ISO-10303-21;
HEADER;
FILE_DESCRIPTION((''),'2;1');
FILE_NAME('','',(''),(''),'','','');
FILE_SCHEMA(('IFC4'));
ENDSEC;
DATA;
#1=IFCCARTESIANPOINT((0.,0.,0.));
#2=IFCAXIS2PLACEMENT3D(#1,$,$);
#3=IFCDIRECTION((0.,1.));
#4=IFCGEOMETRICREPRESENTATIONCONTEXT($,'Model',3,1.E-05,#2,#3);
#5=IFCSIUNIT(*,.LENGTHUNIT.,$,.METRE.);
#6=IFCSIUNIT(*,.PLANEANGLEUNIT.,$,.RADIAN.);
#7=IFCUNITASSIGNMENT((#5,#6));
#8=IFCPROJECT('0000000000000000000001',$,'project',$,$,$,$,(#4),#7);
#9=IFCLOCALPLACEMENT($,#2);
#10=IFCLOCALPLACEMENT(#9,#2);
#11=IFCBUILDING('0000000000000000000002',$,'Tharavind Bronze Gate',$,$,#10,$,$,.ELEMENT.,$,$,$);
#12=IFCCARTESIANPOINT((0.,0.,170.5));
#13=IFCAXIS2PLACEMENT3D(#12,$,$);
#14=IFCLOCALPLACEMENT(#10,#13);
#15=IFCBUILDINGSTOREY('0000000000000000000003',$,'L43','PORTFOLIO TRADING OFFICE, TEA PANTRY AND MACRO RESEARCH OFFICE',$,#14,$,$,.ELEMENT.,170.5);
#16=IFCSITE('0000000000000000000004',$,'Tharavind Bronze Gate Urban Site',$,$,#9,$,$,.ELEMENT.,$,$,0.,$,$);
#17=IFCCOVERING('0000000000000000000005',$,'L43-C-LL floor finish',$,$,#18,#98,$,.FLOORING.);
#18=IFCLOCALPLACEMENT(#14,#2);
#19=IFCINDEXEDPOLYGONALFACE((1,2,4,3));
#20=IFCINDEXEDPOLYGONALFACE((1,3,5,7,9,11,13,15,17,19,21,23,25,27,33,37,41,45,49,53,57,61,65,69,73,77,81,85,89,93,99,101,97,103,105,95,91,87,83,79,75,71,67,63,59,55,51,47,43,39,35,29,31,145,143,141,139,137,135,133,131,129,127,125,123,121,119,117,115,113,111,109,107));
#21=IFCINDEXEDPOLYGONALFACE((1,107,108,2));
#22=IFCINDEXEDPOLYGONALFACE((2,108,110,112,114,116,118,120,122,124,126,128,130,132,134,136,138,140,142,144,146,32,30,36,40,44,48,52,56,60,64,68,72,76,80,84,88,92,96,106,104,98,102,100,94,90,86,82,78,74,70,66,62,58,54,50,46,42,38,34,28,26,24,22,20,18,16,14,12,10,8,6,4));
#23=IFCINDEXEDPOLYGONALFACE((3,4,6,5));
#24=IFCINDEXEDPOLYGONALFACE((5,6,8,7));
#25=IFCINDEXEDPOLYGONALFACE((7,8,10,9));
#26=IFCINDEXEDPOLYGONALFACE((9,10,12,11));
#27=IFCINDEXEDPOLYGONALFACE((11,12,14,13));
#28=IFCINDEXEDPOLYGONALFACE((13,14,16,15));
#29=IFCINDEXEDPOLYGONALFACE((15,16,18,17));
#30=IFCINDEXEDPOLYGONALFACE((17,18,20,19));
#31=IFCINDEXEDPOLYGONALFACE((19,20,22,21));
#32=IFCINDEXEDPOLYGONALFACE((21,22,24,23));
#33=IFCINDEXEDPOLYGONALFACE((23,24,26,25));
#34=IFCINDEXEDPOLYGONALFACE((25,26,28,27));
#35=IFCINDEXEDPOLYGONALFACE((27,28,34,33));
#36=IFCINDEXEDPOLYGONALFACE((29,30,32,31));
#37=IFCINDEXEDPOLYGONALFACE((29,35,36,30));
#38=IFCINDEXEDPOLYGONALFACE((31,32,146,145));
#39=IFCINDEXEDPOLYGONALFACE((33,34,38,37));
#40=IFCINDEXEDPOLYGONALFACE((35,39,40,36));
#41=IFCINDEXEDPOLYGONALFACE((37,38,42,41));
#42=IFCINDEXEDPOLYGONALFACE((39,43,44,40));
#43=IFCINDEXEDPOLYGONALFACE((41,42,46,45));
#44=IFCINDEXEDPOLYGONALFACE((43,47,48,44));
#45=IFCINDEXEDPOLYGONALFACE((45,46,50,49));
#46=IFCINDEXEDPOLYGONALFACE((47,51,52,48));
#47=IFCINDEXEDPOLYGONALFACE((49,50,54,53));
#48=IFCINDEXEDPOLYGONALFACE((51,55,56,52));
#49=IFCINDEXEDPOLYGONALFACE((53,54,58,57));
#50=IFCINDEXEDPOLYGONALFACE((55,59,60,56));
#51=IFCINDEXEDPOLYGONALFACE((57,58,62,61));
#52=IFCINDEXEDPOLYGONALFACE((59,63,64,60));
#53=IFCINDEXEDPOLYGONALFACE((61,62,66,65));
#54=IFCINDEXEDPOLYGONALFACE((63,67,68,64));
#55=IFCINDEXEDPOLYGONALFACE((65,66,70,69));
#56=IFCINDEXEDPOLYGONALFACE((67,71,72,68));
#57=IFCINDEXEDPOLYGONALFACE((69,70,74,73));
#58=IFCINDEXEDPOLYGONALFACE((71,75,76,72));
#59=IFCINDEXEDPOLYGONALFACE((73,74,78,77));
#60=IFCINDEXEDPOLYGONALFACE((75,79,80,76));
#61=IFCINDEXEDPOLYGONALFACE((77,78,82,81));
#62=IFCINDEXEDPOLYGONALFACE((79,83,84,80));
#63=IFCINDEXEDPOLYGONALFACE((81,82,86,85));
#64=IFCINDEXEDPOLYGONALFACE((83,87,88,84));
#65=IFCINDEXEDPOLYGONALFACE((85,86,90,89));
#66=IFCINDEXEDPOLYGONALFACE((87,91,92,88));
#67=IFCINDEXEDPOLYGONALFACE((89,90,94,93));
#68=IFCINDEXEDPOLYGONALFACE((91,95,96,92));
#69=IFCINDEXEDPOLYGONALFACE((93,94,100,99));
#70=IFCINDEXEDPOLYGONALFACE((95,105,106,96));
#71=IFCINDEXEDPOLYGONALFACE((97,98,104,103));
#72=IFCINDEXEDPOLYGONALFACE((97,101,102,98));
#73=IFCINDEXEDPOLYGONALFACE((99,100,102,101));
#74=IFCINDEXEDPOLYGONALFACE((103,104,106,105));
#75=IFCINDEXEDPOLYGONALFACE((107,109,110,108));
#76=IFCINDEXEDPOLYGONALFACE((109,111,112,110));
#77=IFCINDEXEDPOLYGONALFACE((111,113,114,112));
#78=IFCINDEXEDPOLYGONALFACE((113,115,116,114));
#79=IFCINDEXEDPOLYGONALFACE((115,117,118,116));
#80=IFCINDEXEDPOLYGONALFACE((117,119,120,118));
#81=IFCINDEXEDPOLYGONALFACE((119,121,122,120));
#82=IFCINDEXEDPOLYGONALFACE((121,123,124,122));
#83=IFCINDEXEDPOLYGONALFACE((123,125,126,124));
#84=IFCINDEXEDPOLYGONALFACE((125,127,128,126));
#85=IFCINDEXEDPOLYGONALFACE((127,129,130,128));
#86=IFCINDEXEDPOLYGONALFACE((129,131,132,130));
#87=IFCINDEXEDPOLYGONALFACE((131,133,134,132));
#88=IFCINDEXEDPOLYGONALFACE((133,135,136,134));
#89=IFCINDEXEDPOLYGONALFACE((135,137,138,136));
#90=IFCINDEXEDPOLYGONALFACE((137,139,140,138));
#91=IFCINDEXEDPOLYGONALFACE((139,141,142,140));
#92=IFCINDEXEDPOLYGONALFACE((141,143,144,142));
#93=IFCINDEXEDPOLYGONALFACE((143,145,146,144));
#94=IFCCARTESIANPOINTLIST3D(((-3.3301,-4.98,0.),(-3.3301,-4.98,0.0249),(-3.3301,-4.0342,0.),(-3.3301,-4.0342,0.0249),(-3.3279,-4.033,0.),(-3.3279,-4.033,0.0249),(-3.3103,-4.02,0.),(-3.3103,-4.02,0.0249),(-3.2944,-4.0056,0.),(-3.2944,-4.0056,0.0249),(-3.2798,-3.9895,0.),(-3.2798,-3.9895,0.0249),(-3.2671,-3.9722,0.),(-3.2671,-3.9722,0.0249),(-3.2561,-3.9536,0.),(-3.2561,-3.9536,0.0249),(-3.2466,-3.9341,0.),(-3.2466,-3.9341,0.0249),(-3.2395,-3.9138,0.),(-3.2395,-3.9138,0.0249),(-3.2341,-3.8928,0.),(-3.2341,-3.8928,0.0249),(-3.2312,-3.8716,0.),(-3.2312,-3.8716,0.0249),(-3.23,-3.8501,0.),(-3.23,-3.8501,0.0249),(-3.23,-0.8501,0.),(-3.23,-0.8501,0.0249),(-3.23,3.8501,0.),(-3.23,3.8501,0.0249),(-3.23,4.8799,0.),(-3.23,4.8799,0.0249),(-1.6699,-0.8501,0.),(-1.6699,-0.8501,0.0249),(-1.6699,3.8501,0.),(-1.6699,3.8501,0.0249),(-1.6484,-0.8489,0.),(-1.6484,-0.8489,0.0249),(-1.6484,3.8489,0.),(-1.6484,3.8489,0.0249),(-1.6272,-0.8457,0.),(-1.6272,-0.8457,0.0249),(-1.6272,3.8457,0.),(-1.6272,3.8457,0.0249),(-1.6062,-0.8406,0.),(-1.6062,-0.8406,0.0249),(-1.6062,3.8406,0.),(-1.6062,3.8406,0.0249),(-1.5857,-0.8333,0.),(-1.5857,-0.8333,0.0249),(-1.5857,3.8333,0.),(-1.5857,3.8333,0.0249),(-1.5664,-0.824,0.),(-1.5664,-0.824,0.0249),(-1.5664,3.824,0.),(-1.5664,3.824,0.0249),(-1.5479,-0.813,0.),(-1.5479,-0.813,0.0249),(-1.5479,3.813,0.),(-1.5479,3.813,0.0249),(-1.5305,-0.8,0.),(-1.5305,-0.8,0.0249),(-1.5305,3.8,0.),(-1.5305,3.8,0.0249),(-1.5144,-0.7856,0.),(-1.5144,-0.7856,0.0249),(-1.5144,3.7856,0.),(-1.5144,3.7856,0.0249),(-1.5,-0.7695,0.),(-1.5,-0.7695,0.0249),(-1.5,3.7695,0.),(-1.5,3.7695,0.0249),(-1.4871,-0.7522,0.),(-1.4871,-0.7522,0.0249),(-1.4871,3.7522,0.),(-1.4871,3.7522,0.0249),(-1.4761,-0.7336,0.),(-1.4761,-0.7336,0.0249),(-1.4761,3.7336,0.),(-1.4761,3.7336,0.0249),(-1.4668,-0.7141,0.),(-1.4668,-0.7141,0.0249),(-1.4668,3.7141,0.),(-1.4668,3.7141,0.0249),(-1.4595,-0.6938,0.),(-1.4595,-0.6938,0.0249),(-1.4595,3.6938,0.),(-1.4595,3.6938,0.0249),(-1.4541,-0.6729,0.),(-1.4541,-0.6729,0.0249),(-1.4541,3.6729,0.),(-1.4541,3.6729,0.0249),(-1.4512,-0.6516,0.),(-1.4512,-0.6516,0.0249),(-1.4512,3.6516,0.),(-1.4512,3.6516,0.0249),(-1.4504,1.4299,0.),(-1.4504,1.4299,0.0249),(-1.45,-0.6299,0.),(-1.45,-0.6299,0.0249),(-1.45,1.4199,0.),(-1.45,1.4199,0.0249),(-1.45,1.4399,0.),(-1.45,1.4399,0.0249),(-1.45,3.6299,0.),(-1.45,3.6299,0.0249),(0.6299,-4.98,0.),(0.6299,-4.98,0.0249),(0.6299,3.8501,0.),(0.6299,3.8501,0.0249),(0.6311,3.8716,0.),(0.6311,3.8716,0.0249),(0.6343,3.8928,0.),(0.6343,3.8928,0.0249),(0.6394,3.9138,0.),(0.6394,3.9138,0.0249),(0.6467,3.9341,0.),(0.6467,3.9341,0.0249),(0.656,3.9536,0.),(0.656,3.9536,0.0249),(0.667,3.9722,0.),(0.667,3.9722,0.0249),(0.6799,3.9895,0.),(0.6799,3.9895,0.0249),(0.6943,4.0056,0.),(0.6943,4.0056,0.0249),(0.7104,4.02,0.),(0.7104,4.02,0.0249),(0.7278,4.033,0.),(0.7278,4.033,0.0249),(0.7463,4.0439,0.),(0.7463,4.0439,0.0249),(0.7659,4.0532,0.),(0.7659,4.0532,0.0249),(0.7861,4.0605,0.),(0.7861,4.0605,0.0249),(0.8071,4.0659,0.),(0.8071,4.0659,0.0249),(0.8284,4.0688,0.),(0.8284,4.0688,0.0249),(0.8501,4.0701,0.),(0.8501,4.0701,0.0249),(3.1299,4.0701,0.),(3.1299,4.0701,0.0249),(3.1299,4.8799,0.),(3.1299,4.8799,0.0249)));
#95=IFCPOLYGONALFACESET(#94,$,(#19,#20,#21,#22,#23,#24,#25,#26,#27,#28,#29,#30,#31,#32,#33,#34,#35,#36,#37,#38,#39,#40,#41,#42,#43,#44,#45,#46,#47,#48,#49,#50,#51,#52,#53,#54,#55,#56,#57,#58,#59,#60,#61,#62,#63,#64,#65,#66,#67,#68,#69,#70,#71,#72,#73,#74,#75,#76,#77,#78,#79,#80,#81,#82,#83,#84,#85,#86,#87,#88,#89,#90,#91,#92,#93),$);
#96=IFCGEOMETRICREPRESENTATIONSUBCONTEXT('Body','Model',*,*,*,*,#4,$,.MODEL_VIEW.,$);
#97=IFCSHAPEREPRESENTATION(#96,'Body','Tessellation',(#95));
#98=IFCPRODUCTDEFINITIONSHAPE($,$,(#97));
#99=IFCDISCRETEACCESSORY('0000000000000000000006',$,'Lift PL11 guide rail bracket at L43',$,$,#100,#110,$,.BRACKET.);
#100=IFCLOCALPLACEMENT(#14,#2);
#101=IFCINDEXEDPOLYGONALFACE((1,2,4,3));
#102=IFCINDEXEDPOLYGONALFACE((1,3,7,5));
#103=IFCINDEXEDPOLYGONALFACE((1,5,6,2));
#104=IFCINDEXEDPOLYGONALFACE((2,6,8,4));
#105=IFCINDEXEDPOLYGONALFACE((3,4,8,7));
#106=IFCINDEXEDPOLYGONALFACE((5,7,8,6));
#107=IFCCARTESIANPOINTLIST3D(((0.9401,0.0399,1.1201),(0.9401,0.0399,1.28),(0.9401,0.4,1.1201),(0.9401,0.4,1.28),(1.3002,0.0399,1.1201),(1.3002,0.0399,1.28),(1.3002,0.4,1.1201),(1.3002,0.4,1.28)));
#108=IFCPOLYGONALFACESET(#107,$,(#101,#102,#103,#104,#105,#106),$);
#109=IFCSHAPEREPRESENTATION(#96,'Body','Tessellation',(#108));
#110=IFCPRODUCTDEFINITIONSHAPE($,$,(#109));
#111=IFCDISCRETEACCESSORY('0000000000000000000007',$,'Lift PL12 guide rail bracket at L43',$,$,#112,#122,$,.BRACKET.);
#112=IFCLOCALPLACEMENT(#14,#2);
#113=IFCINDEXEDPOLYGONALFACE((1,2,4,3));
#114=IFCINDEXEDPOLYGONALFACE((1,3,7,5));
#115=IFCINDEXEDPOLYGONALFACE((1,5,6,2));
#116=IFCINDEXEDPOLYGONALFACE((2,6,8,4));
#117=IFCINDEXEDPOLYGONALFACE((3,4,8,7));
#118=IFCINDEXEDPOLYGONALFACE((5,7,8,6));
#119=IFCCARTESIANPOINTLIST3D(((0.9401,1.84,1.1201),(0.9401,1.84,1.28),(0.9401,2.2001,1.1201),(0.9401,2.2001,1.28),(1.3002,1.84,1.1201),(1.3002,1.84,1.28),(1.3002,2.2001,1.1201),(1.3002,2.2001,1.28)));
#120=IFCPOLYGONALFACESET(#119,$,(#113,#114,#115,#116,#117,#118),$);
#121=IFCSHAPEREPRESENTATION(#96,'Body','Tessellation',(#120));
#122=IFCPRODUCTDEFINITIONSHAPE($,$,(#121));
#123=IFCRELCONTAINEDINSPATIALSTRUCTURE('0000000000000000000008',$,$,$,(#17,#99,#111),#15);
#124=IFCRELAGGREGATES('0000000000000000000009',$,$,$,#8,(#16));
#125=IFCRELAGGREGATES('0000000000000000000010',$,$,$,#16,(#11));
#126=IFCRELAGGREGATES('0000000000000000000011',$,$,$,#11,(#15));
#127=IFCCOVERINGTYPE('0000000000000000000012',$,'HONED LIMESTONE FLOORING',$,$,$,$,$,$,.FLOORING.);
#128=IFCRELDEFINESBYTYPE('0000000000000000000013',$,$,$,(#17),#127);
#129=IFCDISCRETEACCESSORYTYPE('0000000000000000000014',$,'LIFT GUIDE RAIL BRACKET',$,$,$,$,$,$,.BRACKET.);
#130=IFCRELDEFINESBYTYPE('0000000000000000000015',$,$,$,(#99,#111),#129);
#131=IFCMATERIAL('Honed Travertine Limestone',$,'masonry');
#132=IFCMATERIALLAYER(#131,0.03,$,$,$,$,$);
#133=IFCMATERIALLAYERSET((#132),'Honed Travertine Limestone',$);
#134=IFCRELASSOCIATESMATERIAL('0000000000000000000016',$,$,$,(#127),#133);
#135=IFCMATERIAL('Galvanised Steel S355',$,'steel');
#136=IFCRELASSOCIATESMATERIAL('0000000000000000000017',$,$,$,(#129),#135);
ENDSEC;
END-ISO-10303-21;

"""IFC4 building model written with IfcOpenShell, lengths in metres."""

from ifc_helpers import new_model, si_unit, direction, frame, origin, origin_2d, place, context, subcontext, project, spatial, polyline, rectangle, outline, extrude, material, layer, layer_set, type_object, element, save


model = new_model("IFC4")

# Units and contexts
model_context = context("Model", 3, precision=1e-05, world=origin(), true_north=direction((0.0, 1.0)))
body_context = subcontext(model_context, "Body", "Model", "MODEL_VIEW")
ifc_project = project(units=[si_unit("LENGTHUNIT", "METRE"), si_unit("PLANEANGLEUNIT", "RADIAN")], contexts=[model_context])

# Site, building, storey
site_placement = place(None, origin())
site = spatial("IfcSite", under=ifc_project, at=site_placement, Name="Tharavind Bronze Gate Urban Site", CompositionType="ELEMENT", RefElevation=0.0)
building_placement = place(site_placement, origin())
building = spatial("IfcBuilding", under=site, at=building_placement, Name="Tharavind Bronze Gate", CompositionType="ELEMENT")
storey_placement = place(building_placement, frame((0.0, 0.0, 170.5)))
storey = spatial("IfcBuildingStorey", under=building, at=storey_placement, Name="L43", Description="PORTFOLIO TRADING OFFICE, TEA PANTRY AND MACRO RESEARCH OFFICE", CompositionType="ELEMENT", Elevation=170.5)

# Covering
ifc_material_1 = material(Name="Honed Travertine Limestone", Category="masonry")
ifc_layer_1 = layer(ifc_material_1, 0.03)
ifc_layer_set_1 = layer_set([ifc_layer_1], Name="Honed Travertine Limestone")
covering_type_1 = type_object("IfcCoveringType", Name="HONED LIMESTONE FLOORING", PredefinedType="FLOORING", material=ifc_layer_set_1)
covering_1_placement = place(storey_placement, origin())
element("IfcCovering", 1, at=covering_1_placement, inside=storey, type_object=covering_type_1, Name="L43-C-LL floor finish", PredefinedType="FLOORING", context=body_context, shape_type="SweptSolid", body=[
    extrude(outline(polyline([(-3.3301, -4.98), (0.6299, -4.98), (0.6299, 3.8501), (0.6311, 3.8716), (0.6343, 3.8928), (0.6394, 3.9138), (0.6467, 3.9341), (0.656, 3.9536), (0.667, 3.9722), (0.6799, 3.9895), (0.6943, 4.0056), (0.7104, 4.02), (0.7278, 4.033), (0.7463, 4.0439), (0.7659, 4.0532), (0.7861, 4.0605), (0.8071, 4.0659), (0.8284, 4.0688), (0.8501, 4.0701), (3.1299, 4.0701), (3.1299, 4.8799), (-3.23, 4.8799), (-3.23, 3.8501), (-1.6699, 3.8501), (-1.6484, 3.8489), (-1.6272, 3.8457), (-1.6062, 3.8406), (-1.5857, 3.8333), (-1.5664, 3.824), (-1.5479, 3.813), (-1.5305, 3.8), (-1.5144, 3.7856), (-1.5, 3.7695), (-1.4871, 3.7522), (-1.4761, 3.7336), (-1.4668, 3.7141), (-1.4595, 3.6938), (-1.4541, 3.6729), (-1.4512, 3.6516), (-1.45, 3.6299), (-1.45, 1.4399), (-1.4504, 1.4299), (-1.45, 1.4199), (-1.45, -0.6299), (-1.4512, -0.6516), (-1.4541, -0.6729), (-1.4595, -0.6938), (-1.4668, -0.7141), (-1.4761, -0.7336), (-1.4871, -0.7522), (-1.5, -0.7695), (-1.5144, -0.7856), (-1.5305, -0.8), (-1.5479, -0.813), (-1.5664, -0.824), (-1.5857, -0.8333), (-1.6062, -0.8406), (-1.6272, -0.8457), (-1.6484, -0.8489), (-1.6699, -0.8501), (-3.23, -0.8501), (-3.23, -3.8501), (-3.2312, -3.8716), (-3.2341, -3.8928), (-3.2395, -3.9138), (-3.2466, -3.9341), (-3.2561, -3.9536), (-3.2671, -3.9722), (-3.2798, -3.9895), (-3.2944, -4.0056), (-3.3103, -4.02), (-3.3279, -4.033), (-3.3301, -4.0342), (-3.3301, -4.98)])), origin(), (0.0, 0.0, 1.0), 0.0249),
])

# Discrete accessories
ifc_material_2 = material(Name="Galvanised Steel S355", Category="steel")
discrete_accessory_type = type_object("IfcDiscreteAccessoryType", Name="LIFT GUIDE RAIL BRACKET", PredefinedType="BRACKET", material=ifc_material_2)
for number, where, z_axis, x_axis, name in (
    (2, (1.1201, 0.22, 1.1201), (0.0, 0.0, 1.0), (1.0, 0.0, 0.0), "Lift PL11 guide rail bracket at L43"),
    (3, (1.1201, 2.02, 1.1201), (0.0, 0.0, 1.0), (1.0, 0.0, 0.0), "Lift PL12 guide rail bracket at L43"),
):
    element("IfcDiscreteAccessory", number, at=place(storey_placement, frame(where, z_axis=z_axis, x_axis=x_axis)), inside=storey, type_object=discrete_accessory_type, Name=name, PredefinedType="BRACKET", context=body_context, shape_type="SweptSolid", body=[
        extrude(rectangle(XDim=0.3601, YDim=0.3601, at=origin_2d()), origin(), (0.0, 0.0, 1.0), 0.1599),
    ])

save(model, "model.ifc")
